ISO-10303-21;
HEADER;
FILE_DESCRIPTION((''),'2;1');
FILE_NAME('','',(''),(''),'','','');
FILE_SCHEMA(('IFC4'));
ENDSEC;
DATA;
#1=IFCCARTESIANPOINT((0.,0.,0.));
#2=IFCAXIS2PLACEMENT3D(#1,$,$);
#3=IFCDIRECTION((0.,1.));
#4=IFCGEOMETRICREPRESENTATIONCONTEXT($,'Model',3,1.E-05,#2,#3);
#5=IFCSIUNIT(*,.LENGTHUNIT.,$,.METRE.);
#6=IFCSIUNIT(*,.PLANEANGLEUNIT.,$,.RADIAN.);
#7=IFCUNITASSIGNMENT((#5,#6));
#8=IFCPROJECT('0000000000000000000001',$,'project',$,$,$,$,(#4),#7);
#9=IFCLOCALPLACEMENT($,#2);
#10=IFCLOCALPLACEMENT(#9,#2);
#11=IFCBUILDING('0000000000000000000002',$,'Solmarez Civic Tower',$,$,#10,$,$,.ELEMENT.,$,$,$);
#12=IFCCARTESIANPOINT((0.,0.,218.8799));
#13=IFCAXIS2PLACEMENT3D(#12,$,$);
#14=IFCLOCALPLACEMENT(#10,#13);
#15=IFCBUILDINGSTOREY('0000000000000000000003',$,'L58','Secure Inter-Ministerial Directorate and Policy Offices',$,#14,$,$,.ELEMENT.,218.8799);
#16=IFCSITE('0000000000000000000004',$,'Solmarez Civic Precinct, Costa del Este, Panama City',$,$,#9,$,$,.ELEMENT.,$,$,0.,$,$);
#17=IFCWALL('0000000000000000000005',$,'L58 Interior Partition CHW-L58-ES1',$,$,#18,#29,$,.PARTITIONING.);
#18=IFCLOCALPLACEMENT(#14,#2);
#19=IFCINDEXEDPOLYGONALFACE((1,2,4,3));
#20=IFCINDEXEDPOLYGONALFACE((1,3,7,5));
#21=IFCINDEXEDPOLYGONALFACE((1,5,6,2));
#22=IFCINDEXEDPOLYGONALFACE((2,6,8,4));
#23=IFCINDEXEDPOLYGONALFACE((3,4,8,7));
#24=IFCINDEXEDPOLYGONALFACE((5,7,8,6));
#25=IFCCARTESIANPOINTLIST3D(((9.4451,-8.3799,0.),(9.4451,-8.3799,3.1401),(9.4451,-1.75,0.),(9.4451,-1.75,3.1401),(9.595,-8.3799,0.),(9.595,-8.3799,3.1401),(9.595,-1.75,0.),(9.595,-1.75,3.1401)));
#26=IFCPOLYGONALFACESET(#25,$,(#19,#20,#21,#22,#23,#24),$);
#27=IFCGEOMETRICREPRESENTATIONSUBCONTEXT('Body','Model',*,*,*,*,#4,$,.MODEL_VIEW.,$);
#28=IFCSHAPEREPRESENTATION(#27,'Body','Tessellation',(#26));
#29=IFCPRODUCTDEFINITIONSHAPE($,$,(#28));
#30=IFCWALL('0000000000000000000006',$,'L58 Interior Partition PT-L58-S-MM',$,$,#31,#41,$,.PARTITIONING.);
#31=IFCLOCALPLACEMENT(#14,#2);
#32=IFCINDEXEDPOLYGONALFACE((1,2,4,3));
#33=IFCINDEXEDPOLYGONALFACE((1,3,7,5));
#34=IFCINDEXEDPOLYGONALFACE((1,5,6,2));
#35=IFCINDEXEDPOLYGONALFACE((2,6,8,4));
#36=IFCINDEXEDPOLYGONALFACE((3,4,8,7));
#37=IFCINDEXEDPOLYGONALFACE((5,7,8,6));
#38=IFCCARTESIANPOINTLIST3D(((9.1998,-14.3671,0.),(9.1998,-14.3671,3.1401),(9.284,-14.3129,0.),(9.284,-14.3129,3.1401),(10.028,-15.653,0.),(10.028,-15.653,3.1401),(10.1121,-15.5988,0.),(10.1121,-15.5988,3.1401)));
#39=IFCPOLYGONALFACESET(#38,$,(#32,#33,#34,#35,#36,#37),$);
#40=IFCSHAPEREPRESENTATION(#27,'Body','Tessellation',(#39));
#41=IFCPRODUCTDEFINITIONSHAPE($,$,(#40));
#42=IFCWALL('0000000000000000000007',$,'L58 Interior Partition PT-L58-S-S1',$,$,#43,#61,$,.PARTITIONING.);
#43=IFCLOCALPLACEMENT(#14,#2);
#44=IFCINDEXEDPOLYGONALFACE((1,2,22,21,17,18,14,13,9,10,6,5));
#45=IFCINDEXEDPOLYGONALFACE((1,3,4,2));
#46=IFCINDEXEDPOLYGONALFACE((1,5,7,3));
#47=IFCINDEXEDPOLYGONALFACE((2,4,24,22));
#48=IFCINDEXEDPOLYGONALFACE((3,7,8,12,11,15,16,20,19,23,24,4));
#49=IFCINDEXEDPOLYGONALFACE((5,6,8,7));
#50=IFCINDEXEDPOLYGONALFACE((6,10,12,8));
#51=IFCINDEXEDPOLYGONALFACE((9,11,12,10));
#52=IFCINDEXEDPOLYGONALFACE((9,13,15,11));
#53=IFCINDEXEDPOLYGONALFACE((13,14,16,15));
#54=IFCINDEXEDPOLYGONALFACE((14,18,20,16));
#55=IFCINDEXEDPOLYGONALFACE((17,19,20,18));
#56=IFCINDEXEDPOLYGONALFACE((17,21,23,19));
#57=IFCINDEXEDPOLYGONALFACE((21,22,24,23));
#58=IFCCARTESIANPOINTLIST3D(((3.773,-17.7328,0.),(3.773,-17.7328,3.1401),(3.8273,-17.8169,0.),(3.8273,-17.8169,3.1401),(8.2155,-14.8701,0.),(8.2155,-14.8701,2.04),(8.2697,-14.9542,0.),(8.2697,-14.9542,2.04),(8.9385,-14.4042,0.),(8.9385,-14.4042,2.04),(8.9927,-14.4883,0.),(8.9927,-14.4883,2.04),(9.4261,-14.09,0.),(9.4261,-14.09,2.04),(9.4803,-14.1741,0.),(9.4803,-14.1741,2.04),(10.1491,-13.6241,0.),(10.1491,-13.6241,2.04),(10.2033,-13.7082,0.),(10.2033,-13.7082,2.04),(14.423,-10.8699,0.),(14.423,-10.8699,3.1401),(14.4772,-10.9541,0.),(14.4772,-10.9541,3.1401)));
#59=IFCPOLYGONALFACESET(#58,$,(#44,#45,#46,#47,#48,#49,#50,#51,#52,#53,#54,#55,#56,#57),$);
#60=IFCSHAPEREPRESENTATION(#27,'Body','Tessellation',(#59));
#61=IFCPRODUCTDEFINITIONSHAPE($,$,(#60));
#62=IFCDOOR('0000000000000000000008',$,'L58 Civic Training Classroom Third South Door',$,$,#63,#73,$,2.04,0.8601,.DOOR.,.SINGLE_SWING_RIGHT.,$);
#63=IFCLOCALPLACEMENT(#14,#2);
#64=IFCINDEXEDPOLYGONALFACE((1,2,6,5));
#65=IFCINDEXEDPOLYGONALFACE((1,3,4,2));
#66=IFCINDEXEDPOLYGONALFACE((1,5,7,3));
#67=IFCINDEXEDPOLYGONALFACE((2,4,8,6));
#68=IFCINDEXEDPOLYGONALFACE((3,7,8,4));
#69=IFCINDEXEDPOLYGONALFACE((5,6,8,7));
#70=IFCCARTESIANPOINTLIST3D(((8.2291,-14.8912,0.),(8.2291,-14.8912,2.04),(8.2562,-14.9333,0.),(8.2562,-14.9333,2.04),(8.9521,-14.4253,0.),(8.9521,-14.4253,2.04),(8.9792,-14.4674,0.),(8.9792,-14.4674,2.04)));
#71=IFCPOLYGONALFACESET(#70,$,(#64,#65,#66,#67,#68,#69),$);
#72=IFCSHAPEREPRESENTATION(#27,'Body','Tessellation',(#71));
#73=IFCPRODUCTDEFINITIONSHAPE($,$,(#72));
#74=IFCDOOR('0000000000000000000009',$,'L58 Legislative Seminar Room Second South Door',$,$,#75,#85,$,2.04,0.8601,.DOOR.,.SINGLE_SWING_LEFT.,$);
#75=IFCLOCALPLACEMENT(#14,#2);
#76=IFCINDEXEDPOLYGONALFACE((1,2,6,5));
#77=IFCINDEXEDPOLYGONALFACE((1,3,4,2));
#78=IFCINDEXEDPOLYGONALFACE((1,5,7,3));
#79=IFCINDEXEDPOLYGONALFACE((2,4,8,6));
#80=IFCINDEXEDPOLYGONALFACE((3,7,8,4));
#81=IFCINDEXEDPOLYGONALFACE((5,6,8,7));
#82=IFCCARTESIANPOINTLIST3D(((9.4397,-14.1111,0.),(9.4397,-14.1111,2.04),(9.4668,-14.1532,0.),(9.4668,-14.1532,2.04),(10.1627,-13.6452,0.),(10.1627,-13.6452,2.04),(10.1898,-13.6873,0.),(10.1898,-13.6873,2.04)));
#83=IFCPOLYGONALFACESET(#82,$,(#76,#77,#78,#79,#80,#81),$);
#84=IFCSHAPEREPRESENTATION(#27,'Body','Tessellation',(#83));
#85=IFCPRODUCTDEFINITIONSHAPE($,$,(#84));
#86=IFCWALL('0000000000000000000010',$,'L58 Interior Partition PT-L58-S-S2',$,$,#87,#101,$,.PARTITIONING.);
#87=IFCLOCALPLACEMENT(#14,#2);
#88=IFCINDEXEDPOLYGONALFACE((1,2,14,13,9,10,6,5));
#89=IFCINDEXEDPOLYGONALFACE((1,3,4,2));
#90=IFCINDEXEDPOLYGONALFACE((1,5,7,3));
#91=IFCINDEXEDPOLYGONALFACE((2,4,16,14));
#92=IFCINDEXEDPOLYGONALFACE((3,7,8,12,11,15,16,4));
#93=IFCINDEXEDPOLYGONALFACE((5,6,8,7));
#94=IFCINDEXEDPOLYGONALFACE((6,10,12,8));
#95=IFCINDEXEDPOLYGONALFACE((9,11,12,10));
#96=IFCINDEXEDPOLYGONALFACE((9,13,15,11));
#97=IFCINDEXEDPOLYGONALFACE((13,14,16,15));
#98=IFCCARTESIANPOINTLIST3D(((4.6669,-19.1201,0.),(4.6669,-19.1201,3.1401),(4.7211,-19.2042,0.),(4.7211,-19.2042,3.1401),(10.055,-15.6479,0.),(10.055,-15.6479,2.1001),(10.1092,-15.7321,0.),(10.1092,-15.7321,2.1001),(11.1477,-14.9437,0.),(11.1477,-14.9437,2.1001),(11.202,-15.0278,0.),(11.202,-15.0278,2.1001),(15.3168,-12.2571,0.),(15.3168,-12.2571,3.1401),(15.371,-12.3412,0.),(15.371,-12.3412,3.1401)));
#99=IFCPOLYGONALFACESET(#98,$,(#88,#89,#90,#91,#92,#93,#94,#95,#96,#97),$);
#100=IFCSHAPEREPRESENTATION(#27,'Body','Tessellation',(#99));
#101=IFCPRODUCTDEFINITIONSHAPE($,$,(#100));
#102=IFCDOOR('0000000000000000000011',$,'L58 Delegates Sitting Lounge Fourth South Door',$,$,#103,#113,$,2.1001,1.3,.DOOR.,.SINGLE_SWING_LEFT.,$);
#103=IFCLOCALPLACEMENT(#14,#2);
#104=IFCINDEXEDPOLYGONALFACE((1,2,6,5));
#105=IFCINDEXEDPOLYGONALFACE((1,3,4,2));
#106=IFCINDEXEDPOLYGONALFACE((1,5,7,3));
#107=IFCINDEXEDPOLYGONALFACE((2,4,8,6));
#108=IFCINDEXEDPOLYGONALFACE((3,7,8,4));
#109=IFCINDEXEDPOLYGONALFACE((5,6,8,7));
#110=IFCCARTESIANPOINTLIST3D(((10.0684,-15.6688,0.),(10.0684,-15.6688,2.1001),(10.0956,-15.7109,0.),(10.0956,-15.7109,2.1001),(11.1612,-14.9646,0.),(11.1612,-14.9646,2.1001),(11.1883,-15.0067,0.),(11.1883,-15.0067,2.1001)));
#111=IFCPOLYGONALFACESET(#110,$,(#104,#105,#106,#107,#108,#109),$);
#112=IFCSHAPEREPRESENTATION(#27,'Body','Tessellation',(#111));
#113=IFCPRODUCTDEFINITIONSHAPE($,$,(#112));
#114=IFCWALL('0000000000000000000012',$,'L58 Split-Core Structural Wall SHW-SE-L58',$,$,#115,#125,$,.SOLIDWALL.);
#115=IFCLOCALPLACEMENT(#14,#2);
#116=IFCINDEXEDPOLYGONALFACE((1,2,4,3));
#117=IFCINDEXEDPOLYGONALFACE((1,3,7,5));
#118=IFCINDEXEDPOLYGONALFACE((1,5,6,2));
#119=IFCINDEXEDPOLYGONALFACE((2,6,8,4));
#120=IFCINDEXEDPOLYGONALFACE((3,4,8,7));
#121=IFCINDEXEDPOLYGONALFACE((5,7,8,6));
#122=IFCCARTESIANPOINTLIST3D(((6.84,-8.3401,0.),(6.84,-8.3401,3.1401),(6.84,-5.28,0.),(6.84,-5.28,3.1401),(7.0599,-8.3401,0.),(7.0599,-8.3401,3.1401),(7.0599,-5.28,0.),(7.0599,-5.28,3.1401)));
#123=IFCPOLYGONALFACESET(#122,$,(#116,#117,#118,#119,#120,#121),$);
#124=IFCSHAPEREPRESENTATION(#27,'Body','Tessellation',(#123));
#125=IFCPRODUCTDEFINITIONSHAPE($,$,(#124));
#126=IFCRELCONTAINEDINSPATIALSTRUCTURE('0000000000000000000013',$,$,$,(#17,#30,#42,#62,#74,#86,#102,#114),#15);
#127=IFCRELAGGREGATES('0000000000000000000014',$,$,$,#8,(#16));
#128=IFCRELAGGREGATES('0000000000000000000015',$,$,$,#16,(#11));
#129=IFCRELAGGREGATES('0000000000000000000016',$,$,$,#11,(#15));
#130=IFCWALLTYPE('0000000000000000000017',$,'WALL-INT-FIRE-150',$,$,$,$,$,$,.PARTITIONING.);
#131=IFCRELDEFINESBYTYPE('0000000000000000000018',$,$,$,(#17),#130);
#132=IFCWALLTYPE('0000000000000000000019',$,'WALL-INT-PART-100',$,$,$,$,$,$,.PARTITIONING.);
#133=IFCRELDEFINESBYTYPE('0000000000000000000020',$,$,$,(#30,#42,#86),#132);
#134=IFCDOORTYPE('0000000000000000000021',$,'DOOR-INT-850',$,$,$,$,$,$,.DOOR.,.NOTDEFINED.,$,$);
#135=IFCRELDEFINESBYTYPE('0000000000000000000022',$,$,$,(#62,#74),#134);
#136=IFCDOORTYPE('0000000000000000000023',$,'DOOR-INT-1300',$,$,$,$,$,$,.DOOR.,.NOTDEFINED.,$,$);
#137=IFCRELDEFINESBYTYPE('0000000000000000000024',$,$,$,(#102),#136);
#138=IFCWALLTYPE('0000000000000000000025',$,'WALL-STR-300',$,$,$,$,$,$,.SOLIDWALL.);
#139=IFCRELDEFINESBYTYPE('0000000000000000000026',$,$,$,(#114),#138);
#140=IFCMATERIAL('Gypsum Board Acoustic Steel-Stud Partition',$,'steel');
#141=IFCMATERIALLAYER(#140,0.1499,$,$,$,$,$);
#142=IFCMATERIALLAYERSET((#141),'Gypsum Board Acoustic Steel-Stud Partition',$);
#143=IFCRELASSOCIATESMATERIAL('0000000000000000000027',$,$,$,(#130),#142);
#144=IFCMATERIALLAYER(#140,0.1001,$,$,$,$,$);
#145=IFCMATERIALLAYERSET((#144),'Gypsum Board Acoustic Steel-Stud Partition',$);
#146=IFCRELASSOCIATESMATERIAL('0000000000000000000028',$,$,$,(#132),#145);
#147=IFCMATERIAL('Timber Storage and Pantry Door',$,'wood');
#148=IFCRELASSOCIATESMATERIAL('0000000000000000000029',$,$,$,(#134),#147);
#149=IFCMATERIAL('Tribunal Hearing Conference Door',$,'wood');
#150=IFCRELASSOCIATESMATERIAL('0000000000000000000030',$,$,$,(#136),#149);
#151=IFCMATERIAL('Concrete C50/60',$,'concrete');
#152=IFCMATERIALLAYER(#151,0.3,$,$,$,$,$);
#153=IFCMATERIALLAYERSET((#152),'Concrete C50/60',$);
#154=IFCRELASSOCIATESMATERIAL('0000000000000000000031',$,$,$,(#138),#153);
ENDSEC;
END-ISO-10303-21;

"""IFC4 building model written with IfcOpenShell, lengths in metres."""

from ifc_helpers import new_model, si_unit, direction, frame, frame_2d, origin, place, context, subcontext, project, spatial, rectangle, extrude, material, layer, layer_set, type_object, element, fill, save


model = new_model("IFC4")

# Units and contexts
model_context = context("Model", 3, precision=1e-05, world=origin(), true_north=direction((0.0, 1.0)))
body_context = subcontext(model_context, "Body", "Model", "MODEL_VIEW")
ifc_project = project(units=[si_unit("LENGTHUNIT", "METRE"), si_unit("PLANEANGLEUNIT", "RADIAN")], contexts=[model_context])

# Site, building, storey
site_placement = place(None, origin())
site = spatial("IfcSite", under=ifc_project, at=site_placement, Name="Solmarez Civic Precinct, Costa del Este, Panama City", CompositionType="ELEMENT", RefElevation=0.0)
building_placement = place(site_placement, origin())
building = spatial("IfcBuilding", under=site, at=building_placement, Name="Solmarez Civic Tower", CompositionType="ELEMENT")
storey_placement = place(building_placement, frame((0.0, 0.0, 218.8799)))
storey = spatial("IfcBuildingStorey", under=building, at=storey_placement, Name="L58", Description="Secure Inter-Ministerial Directorate and Policy Offices", CompositionType="ELEMENT", Elevation=218.8799)

# Shared definitions
ifc_material_1 = material(Name="Concrete C50/60", Category="concrete")

# Walls
ifc_material_2 = material(Name="Gypsum Board Acoustic Steel-Stud Partition", Category="steel")
ifc_layer_1 = layer(ifc_material_2, 0.1499)
ifc_layer_set_1 = layer_set([ifc_layer_1], Name="Gypsum Board Acoustic Steel-Stud Partition")
wall_type_1 = type_object("IfcWallType", Name="WALL-INT-FIRE-150", PredefinedType="PARTITIONING", material=ifc_layer_set_1)
wall_1_placement = place(storey_placement, frame((9.52, -8.3799, 0.0), z_axis=(0.0, 0.0, 1.0), x_axis=(0.0, 1.0, 0.0)))
element("IfcWall", 1, at=wall_1_placement, inside=storey, type_object=wall_type_1, Name="L58 Interior Partition CHW-L58-ES1", PredefinedType="PARTITIONING", context=body_context, shape_type="SweptSolid", body=[
    extrude(rectangle(XDim=6.6299, YDim=0.1499, at=frame_2d((3.3149, 0.0))), origin(), (0.0, 0.0, 1.0), 3.1401),
])
ifc_layer_2 = layer(ifc_material_2, 0.1001)
ifc_layer_set_2 = layer_set([ifc_layer_2], Name="Gypsum Board Acoustic Steel-Stud Partition")
wall_type_2 = type_object("IfcWallType", Name="WALL-INT-PART-100", PredefinedType="PARTITIONING", material=ifc_layer_set_2)
wall_2_placement = place(storey_placement, frame((9.2419, -14.3401, 0.0), z_axis=(0.0, 0.0, 1.0), x_axis=(0.541443, -0.840737, 0.0)))
element("IfcWall", 2, at=wall_2_placement, inside=storey, type_object=wall_type_2, Name="L58 Interior Partition PT-L58-S-MM", PredefinedType="PARTITIONING", context=body_context, shape_type="SweptSolid", body=[
    extrude(rectangle(XDim=1.5295, YDim=0.1001, at=frame_2d((0.7646, 0.0))), origin(), (0.0, 0.0, 1.0), 3.1401),
])

# Wall, openings, doors
wall_3_placement = place(storey_placement, frame((3.8, -17.7749, 0.0), z_axis=(0.0, 0.0, 1.0), x_axis=(0.840588, 0.541675, 0.0)))
wall_3 = element("IfcWall", 3, at=wall_3_placement, inside=storey, type_object=wall_type_2, Name="L58 Interior Partition PT-L58-S-S1", PredefinedType="PARTITIONING", context=body_context, shape_type="SweptSolid", body=[
    extrude(rectangle(XDim=12.6697, YDim=0.1001, at=frame_2d((6.335, 0.0))), origin(), (0.0, 0.0, 1.0), 3.1401),
])
opening_1_placement = place(wall_3_placement, frame((5.2849, 0.0, 0.0)))
opening_1 = element("IfcOpeningElement", 4, at=opening_1_placement, cuts=wall_3, PredefinedType="OPENING", context=body_context, shape_type="SweptSolid", body=[
    extrude(rectangle(XDim=0.8601, YDim=2.04, at=frame_2d((0.4302, 1.02))), frame((0.0, 0.0601, 0.0), z_axis=(0.0, -1.0, 0.0), x_axis=(1.0, 0.0, 0.0)), (0.0, 0.0, 1.0), 0.1201),
])
opening_2_placement = place(wall_3_placement, frame((6.7251, 0.0, 0.0)))
opening_2 = element("IfcOpeningElement", 5, at=opening_2_placement, cuts=wall_3, PredefinedType="OPENING", context=body_context, shape_type="SweptSolid", body=[
    extrude(rectangle(XDim=0.8601, YDim=2.04, at=frame_2d((0.4302, 1.02))), frame((0.0, 0.0601, 0.0), z_axis=(0.0, -1.0, 0.0), x_axis=(1.0, 0.0, 0.0)), (0.0, 0.0, 1.0), 0.1201),
])
ifc_material_3 = material(Name="Timber Storage and Pantry Door", Category="wood")
door_type_1 = type_object("IfcDoorType", Name="DOOR-INT-850", OperationType="NOTDEFINED", PredefinedType="DOOR", material=ifc_material_3)
door_1_placement = place(opening_1_placement, origin())
door_1 = element("IfcDoor", 6, at=door_1_placement, inside=storey, type_object=door_type_1, Name="L58 Civic Training Classroom Third South Door", OperationType="SINGLE_SWING_RIGHT", OverallHeight=2.04, OverallWidth=0.8601, PredefinedType="DOOR", context=body_context, shape_type="SweptSolid", body=[
    extrude(rectangle(XDim=0.8601, YDim=2.04, at=frame_2d((0.4302, 1.02))), frame((0.0, 0.0249, 0.0), z_axis=(0.0, -1.0, 0.0), x_axis=(1.0, 0.0, 0.0)), (0.0, 0.0, 1.0), 0.05),
])
fill(opening_1, door_1)
door_2_placement = place(opening_2_placement, origin())
door_2 = element("IfcDoor", 7, at=door_2_placement, inside=storey, type_object=door_type_1, Name="L58 Legislative Seminar Room Second South Door", OperationType="SINGLE_SWING_LEFT", OverallHeight=2.04, OverallWidth=0.8601, PredefinedType="DOOR", context=body_context, shape_type="SweptSolid", body=[
    extrude(rectangle(XDim=0.8601, YDim=2.04, at=frame_2d((0.4302, 1.02))), frame((0.0, 0.0249, 0.0), z_axis=(0.0, -1.0, 0.0), x_axis=(1.0, 0.0, 0.0)), (0.0, 0.0, 1.0), 0.05),
])
fill(opening_2, door_2)

# Wall, opening, door
wall_4_placement = place(storey_placement, frame((15.344, -12.2991, 0.0), z_axis=(0.0, 0.0, 1.0), x_axis=(-0.840579, -0.541688, 0.0)))
wall_4 = element("IfcWall", 8, at=wall_4_placement, inside=storey, type_object=wall_type_2, Name="L58 Interior Partition PT-L58-S-S2", PredefinedType="PARTITIONING", context=body_context, shape_type="SweptSolid", body=[
    extrude(rectangle(XDim=12.6697, YDim=0.1001, at=frame_2d((6.335, 0.0))), origin(), (0.0, 0.0, 1.0), 3.1401),
])
opening_3_placement = place(wall_4_placement, frame((4.96, 0.0, 0.0)))
opening_3 = element("IfcOpeningElement", 9, at=opening_3_placement, cuts=wall_4, PredefinedType="OPENING", context=body_context, shape_type="SweptSolid", body=[
    extrude(rectangle(XDim=1.3, YDim=2.1001, at=frame_2d((0.6499, 1.05))), frame((0.0, 0.0601, 0.0), z_axis=(0.0, -1.0, 0.0), x_axis=(1.0, 0.0, 0.0)), (0.0, 0.0, 1.0), 0.1201),
])
ifc_material_4 = material(Name="Tribunal Hearing Conference Door", Category="wood")
door_type_2 = type_object("IfcDoorType", Name="DOOR-INT-1300", OperationType="NOTDEFINED", PredefinedType="DOOR", material=ifc_material_4)
door_3_placement = place(opening_3_placement, origin())
door_3 = element("IfcDoor", 10, at=door_3_placement, inside=storey, type_object=door_type_2, Name="L58 Delegates Sitting Lounge Fourth South Door", OperationType="SINGLE_SWING_LEFT", OverallHeight=2.1001, OverallWidth=1.3, PredefinedType="DOOR", context=body_context, shape_type="SweptSolid", body=[
    extrude(rectangle(XDim=1.3, YDim=2.1001, at=frame_2d((0.6499, 1.05))), frame((0.0, 0.0249, 0.0), z_axis=(0.0, -1.0, 0.0), x_axis=(1.0, 0.0, 0.0)), (0.0, 0.0, 1.0), 0.05),
])
fill(opening_3, door_3)

# Wall
ifc_layer_3 = layer(ifc_material_1, 0.3)
ifc_layer_set_3 = layer_set([ifc_layer_3], Name="Concrete C50/60")
wall_type_3 = type_object("IfcWallType", Name="WALL-STR-300", PredefinedType="SOLIDWALL", material=ifc_layer_set_3)
wall_5_placement = place(storey_placement, frame((6.95, -8.3401, 0.0), z_axis=(0.0, 0.0, 1.0), x_axis=(0.0, 1.0, 0.0)))
element("IfcWall", 11, at=wall_5_placement, inside=storey, type_object=wall_type_3, Name="L58 Split-Core Structural Wall SHW-SE-L58", PredefinedType="SOLIDWALL", context=body_context, shape_type="SweptSolid", body=[
    extrude(rectangle(XDim=3.0601, YDim=0.22, at=frame_2d((1.53, 0.0))), origin(), (0.0, 0.0, 1.0), 3.1401),
])

save(model, "model.ifc")
